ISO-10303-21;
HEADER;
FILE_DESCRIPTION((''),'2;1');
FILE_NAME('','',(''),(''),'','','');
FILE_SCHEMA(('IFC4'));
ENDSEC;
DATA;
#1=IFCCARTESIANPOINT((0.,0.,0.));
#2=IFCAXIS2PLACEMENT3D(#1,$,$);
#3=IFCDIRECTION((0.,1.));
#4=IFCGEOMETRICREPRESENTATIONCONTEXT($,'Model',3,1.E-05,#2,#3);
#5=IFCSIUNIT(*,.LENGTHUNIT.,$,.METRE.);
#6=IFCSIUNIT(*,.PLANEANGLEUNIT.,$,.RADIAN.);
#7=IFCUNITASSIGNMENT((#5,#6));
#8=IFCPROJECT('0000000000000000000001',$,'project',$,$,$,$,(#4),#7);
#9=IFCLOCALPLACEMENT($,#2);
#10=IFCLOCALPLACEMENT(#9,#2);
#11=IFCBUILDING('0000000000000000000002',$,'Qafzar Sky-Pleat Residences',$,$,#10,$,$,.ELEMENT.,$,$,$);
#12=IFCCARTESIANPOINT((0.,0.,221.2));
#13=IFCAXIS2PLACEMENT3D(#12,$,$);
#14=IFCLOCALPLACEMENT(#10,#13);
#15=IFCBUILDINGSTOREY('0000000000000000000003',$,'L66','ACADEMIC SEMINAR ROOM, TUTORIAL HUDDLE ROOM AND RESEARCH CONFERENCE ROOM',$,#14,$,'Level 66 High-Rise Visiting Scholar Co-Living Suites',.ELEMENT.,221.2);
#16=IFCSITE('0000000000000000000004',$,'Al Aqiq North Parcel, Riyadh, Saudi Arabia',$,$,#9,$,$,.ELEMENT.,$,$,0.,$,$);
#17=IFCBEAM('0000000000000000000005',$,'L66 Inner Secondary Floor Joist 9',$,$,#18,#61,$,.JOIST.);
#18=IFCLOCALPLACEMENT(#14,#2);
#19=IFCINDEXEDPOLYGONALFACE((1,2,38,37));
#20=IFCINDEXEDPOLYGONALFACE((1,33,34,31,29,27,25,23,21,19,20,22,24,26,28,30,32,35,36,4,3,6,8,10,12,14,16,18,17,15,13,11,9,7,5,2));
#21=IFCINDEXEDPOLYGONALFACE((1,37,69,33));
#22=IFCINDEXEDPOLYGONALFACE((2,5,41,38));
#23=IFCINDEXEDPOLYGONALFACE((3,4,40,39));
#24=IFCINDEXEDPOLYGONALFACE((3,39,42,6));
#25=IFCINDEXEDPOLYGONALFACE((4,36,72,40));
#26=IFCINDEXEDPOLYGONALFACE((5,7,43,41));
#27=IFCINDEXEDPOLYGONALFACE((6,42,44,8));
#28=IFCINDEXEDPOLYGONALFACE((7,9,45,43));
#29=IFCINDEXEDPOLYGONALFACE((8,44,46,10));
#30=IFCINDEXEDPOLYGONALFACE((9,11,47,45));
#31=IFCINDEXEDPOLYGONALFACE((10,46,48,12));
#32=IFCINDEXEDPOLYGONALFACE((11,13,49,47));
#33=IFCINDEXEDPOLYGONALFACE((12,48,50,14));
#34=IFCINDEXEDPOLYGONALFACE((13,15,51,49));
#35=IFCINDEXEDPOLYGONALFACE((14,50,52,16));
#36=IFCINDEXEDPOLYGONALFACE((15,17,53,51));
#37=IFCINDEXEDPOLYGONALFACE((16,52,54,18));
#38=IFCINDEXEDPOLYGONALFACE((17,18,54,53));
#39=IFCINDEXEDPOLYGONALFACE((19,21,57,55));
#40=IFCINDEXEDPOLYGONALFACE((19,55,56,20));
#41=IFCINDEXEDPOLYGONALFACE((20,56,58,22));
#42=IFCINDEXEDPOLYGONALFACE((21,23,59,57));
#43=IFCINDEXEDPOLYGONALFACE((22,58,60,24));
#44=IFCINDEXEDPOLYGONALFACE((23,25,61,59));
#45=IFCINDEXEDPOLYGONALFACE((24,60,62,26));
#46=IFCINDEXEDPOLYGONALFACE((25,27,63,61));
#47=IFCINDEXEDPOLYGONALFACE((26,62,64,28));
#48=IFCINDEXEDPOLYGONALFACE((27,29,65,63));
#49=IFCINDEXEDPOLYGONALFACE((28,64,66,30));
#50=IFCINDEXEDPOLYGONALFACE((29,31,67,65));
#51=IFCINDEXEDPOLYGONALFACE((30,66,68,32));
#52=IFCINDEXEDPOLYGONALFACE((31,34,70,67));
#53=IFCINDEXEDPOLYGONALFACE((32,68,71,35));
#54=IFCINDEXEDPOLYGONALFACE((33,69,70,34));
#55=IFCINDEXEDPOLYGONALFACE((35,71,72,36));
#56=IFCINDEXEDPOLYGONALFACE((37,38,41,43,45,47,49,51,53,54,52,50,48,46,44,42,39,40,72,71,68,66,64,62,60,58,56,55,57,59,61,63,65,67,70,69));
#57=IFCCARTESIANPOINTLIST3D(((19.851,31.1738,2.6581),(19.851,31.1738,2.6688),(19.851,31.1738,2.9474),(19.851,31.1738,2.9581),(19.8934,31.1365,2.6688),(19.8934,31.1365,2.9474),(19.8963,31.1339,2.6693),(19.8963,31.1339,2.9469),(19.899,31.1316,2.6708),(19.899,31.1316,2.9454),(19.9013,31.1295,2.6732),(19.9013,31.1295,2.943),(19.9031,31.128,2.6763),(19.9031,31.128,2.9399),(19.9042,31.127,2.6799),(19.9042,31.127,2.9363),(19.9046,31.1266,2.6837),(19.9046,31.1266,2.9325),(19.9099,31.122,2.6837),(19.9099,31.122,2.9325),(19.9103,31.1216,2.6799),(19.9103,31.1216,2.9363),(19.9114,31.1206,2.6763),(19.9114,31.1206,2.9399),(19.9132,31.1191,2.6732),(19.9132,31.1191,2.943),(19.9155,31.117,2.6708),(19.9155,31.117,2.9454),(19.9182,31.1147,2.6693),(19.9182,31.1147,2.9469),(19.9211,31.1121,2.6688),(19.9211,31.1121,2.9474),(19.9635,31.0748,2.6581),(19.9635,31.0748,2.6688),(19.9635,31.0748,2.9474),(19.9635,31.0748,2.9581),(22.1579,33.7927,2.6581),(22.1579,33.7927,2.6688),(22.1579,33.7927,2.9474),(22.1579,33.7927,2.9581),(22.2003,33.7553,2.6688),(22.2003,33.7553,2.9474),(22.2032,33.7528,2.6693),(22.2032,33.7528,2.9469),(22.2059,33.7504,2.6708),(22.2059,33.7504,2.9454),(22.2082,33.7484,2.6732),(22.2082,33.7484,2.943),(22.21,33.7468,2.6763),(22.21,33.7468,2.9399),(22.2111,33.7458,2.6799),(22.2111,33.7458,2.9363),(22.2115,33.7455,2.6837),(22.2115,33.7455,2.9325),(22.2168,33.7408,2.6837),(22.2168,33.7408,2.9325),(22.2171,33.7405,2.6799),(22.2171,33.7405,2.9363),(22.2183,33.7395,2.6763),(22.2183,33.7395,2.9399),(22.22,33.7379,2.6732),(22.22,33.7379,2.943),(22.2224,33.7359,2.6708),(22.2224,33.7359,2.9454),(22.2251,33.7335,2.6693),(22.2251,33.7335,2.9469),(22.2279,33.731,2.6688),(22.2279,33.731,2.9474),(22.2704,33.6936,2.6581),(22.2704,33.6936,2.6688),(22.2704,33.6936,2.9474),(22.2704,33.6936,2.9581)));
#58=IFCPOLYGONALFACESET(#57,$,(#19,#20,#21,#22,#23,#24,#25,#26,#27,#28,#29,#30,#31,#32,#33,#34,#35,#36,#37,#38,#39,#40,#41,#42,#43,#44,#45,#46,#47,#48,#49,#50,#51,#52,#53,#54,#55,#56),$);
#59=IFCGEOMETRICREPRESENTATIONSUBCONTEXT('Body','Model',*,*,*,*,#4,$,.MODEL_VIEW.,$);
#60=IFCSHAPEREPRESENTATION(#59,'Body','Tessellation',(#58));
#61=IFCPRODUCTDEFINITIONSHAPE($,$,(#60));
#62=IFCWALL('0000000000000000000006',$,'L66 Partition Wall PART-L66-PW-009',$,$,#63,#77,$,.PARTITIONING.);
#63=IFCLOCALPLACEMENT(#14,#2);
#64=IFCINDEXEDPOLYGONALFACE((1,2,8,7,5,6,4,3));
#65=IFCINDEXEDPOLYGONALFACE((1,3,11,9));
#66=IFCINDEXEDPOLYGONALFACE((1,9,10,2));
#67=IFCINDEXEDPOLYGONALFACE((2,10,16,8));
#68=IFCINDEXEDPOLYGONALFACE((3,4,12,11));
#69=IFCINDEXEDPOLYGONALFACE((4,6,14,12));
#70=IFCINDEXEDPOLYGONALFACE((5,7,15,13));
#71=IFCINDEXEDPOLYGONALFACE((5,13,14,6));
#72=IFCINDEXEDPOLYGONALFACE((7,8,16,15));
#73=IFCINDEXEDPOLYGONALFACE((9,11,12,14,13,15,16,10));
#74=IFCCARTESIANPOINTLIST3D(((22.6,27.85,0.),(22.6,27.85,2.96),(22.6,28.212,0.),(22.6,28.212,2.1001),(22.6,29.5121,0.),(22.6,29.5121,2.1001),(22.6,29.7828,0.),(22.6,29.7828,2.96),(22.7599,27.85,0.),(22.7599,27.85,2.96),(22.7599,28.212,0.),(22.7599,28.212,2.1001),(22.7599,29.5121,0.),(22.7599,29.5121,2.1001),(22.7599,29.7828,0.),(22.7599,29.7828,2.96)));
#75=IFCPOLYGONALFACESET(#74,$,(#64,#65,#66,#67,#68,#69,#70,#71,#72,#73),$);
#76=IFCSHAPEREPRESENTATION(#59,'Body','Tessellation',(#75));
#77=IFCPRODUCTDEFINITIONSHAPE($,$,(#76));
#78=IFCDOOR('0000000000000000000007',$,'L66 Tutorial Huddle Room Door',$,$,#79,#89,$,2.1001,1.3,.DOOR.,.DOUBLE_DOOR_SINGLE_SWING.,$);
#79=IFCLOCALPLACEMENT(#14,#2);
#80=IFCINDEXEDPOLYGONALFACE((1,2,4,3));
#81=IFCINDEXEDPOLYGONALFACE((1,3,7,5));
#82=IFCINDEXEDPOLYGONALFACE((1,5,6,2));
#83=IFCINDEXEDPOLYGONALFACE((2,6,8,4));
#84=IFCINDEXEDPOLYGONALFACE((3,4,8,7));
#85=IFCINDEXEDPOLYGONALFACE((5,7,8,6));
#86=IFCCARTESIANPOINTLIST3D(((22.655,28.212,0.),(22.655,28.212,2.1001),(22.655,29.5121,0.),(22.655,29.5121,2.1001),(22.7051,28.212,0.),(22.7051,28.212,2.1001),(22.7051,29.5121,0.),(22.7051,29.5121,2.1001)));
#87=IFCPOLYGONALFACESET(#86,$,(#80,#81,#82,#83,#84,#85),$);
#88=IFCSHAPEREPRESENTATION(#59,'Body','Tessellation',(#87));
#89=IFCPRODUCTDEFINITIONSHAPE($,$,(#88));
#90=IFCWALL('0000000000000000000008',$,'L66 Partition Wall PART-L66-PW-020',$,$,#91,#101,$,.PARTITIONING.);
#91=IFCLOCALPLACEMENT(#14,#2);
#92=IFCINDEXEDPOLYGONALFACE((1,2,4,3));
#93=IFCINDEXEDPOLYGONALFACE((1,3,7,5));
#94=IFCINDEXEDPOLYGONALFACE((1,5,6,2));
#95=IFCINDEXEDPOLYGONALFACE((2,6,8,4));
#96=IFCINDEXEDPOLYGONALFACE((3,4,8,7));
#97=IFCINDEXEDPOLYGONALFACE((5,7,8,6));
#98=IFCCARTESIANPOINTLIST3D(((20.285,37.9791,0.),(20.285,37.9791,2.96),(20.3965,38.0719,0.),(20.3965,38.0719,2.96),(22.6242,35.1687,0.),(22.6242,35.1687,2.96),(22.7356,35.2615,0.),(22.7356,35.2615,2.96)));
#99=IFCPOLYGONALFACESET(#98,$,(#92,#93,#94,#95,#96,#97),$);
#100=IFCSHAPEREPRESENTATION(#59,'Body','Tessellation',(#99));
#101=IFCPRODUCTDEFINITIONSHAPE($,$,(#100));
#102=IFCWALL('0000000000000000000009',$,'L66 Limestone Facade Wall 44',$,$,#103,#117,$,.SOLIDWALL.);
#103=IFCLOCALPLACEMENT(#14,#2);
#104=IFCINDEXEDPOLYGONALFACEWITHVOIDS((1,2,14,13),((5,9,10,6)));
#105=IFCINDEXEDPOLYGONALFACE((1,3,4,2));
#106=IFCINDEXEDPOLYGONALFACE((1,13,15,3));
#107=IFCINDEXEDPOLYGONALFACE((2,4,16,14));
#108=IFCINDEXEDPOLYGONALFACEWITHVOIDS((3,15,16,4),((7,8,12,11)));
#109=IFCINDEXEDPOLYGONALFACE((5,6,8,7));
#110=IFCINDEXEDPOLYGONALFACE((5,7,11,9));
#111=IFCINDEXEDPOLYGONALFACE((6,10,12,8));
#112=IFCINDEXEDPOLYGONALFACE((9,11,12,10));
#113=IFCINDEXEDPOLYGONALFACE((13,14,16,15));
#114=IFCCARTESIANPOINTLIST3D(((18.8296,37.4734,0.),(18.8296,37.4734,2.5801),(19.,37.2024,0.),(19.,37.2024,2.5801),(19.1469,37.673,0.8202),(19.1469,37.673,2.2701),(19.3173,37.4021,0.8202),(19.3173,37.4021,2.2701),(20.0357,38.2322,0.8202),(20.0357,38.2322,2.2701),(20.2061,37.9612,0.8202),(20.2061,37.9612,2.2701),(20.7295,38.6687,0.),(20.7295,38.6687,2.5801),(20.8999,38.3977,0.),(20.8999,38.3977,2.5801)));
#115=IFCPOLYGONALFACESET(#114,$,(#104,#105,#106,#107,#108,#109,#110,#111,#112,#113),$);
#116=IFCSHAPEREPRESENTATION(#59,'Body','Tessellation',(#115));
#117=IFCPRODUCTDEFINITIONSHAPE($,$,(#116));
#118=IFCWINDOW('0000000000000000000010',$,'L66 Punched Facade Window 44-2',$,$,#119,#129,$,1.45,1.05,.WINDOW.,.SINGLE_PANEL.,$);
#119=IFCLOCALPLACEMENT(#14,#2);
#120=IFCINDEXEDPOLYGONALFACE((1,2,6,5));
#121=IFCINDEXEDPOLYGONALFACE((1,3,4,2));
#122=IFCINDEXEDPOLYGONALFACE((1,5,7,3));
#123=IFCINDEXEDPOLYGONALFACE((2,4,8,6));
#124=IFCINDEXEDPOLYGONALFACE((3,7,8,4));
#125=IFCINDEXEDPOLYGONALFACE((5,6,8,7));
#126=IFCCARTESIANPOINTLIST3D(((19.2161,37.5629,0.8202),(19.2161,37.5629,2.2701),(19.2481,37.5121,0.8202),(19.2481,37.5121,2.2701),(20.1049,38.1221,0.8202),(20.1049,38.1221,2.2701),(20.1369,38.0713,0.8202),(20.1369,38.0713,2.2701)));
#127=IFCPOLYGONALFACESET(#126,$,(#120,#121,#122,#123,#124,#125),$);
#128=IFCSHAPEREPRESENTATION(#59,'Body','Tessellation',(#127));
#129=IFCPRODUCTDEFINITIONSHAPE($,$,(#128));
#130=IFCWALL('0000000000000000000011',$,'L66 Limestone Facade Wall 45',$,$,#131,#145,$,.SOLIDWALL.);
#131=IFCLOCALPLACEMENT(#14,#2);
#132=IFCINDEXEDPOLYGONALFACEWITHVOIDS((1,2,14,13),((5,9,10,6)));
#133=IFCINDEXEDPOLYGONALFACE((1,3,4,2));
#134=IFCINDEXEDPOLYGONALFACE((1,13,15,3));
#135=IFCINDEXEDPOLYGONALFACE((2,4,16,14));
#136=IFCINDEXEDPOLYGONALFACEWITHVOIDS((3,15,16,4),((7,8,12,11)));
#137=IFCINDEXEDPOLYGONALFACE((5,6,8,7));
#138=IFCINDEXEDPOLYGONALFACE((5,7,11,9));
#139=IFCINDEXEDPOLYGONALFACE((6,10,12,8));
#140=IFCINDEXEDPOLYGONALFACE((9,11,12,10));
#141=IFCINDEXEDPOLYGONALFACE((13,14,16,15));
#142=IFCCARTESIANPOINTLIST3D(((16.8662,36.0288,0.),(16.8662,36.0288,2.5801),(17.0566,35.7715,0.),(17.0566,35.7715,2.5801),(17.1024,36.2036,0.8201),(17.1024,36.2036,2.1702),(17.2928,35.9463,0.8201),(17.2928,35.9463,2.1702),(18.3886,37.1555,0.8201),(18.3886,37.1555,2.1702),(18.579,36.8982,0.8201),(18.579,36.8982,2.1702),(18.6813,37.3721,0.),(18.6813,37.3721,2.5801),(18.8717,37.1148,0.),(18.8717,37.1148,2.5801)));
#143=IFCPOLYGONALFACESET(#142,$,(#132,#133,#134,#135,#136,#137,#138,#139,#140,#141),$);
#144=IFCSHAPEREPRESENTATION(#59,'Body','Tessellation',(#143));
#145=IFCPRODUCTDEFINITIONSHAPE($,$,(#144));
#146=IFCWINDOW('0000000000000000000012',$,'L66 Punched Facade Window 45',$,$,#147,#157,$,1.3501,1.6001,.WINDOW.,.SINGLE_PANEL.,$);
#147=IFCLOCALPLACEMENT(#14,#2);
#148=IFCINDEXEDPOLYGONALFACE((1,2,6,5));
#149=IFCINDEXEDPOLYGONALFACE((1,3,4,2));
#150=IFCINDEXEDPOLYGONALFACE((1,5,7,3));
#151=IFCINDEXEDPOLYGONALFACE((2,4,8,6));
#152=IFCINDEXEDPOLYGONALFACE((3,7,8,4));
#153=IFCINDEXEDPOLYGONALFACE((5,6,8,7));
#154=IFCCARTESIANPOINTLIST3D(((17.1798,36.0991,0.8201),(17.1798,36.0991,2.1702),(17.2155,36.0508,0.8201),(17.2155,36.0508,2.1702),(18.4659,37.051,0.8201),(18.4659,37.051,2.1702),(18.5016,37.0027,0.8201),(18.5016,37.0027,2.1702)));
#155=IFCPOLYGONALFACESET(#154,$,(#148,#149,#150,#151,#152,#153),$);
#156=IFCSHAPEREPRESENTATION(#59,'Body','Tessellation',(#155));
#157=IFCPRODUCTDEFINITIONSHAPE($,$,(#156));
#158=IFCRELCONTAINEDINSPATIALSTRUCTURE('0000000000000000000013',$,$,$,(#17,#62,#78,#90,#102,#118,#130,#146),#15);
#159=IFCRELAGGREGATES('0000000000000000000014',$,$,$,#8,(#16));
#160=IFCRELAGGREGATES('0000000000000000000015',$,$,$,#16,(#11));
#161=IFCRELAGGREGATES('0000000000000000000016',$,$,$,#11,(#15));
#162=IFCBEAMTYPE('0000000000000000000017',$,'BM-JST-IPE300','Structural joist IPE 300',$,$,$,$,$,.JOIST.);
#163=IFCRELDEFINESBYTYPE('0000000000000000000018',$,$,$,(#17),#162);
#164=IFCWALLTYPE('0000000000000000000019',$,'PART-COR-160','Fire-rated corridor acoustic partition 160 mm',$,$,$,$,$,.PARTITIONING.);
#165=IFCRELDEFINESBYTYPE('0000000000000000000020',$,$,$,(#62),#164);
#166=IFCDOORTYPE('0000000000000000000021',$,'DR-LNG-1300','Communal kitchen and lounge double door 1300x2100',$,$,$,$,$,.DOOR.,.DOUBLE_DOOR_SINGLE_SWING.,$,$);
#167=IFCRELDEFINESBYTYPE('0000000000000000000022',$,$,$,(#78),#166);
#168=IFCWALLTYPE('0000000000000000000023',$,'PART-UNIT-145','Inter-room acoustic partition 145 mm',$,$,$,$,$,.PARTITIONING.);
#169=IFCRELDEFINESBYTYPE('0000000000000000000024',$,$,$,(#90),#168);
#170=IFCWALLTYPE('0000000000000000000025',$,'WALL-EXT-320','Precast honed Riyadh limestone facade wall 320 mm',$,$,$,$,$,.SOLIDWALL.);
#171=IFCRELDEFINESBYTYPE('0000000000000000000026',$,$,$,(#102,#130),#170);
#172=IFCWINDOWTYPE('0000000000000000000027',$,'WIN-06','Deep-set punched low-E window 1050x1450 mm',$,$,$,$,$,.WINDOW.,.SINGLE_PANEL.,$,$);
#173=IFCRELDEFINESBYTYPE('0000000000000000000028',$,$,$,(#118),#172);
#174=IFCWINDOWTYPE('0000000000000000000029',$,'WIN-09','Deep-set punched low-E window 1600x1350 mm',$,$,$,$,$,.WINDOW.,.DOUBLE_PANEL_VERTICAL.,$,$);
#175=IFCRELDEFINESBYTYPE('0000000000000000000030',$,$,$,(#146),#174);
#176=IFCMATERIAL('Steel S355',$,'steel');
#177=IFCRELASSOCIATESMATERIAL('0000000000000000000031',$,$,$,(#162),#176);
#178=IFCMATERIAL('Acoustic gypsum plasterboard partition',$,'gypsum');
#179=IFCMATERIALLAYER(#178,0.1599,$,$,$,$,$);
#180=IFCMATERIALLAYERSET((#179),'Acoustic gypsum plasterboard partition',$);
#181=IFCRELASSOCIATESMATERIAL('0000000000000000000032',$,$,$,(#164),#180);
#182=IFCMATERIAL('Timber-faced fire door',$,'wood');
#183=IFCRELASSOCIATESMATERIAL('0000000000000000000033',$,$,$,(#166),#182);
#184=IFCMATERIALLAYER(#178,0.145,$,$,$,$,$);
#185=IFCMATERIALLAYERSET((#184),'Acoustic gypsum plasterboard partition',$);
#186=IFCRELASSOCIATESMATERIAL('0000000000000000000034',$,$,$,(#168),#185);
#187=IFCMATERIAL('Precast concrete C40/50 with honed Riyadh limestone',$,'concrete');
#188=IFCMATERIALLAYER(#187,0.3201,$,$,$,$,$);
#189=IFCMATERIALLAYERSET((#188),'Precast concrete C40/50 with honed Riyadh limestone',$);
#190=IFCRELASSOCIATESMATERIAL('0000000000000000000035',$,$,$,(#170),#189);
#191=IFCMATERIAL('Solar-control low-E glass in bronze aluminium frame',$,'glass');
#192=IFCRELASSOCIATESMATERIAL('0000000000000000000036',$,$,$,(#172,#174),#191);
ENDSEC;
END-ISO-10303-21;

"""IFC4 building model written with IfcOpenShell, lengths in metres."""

from ifc_helpers import new_model, si_unit, direction, frame, frame_2d, origin, origin_2d, place, context, subcontext, project, spatial, rectangle, i_section, extrude, source, transform, mapped, material, layer, layer_set, material_profile, profile_set, type_object, element, fill, save


model = new_model("IFC4")

# Units and contexts
model_context = context("Model", 3, precision=1e-05, world=origin(), true_north=direction((0.0, 1.0)))
body_context = subcontext(model_context, "Body", "Model", "MODEL_VIEW")
ifc_project = project(units=[si_unit("LENGTHUNIT", "METRE"), si_unit("PLANEANGLEUNIT", "RADIAN")], contexts=[model_context])

# Site, building, storey
site_placement = place(None, origin())
site = spatial("IfcSite", under=ifc_project, at=site_placement, Name="Al Aqiq North Parcel, Riyadh, Saudi Arabia", CompositionType="ELEMENT", RefElevation=0.0)
building_placement = place(site_placement, origin())
building = spatial("IfcBuilding", under=site, at=building_placement, Name="Qafzar Sky-Pleat Residences", CompositionType="ELEMENT")
storey_placement = place(building_placement, frame((0.0, 0.0, 221.2)))
storey = spatial("IfcBuildingStorey", under=building, at=storey_placement, Name="L66", Description="ACADEMIC SEMINAR ROOM, TUTORIAL HUDDLE ROOM AND RESEARCH CONFERENCE ROOM", LongName="Level 66 High-Rise Visiting Scholar Co-Living Suites", CompositionType="ELEMENT", Elevation=221.2)

# Beam
ifc_material_1 = material(Name="Steel S355", Category="steel")
ifc_material_profile_1 = material_profile(ifc_material_1, i_section(OverallWidth=0.1499, OverallDepth=0.3, WebThickness=0.0071, FlangeThickness=0.0107, FilletRadius=0.0149, at=origin_2d()), Name="IPE 300")
ifc_profile_set_1 = profile_set([ifc_material_profile_1], Name="Steel S355")
beam_type_1 = type_object("IfcBeamType", Name="BM-JST-IPE300", Description="Structural joist IPE 300", PredefinedType="JOIST", material=ifc_profile_set_1)
shared_shape_1 = source(origin(), body_context, "Body", "SweptSolid", [
    extrude(i_section(OverallWidth=0.1499, OverallDepth=0.3, WebThickness=0.0071, FlangeThickness=0.0107, FilletRadius=0.0149, at=origin_2d()), origin(), (0.0, 0.0, 1.0), 3.49),
])
beam_1_placement = place(storey_placement, frame((22.2141, 33.7432, 2.8081), z_axis=(-0.660992, -0.750393, 0.0), x_axis=(0.750393, -0.660992, 0.0)))
element("IfcBeam", 1, at=beam_1_placement, inside=storey, type_object=beam_type_1, Name="L66 Inner Secondary Floor Joist 9", PredefinedType="JOIST", context=body_context, shape_type="MappedRepresentation", body=[
    mapped(shared_shape_1, transform((0.0, 0.0, 0.0), x_axis=(1.0, 0.0, 0.0), y_axis=(0.0, 1.0, 0.0), z_axis=(0.0, 0.0, 1.0), scale=1.0)),
])

# Wall, opening, door
ifc_material_2 = material(Name="Acoustic gypsum plasterboard partition", Category="gypsum")
ifc_layer_1 = layer(ifc_material_2, 0.1599)
ifc_layer_set_1 = layer_set([ifc_layer_1], Name="Acoustic gypsum plasterboard partition")
wall_type_1 = type_object("IfcWallType", Name="PART-COR-160", Description="Fire-rated corridor acoustic partition 160 mm", PredefinedType="PARTITIONING", material=ifc_layer_set_1)
wall_1_placement = place(storey_placement, frame((22.6799, 27.8501, 0.0), z_axis=(0.0, 0.0, 1.0), x_axis=(0.0, 1.0, 0.0)))
wall_1 = element("IfcWall", 2, at=wall_1_placement, inside=storey, type_object=wall_type_1, Name="L66 Partition Wall PART-L66-PW-009", PredefinedType="PARTITIONING", context=body_context, shape_type="SweptSolid", body=[
    extrude(rectangle(XDim=1.9329, YDim=0.1599, at=frame_2d((0.9663, 0.0))), origin(), (0.0, 0.0, 1.0), 2.96),
])
opening_1_placement = place(wall_1_placement, frame((0.3621, 0.0, 0.0)))
opening_1 = element("IfcOpeningElement", 3, at=opening_1_placement, cuts=wall_1, PredefinedType="OPENING", context=body_context, shape_type="SweptSolid", body=[
    extrude(rectangle(XDim=1.3, YDim=2.1001, at=frame_2d((0.6499, 1.05))), frame((0.0, 0.0898, 0.0), z_axis=(0.0, -1.0, 0.0), x_axis=(1.0, 0.0, 0.0)), (0.0, 0.0, 1.0), 0.1799),
])
ifc_material_3 = material(Name="Timber-faced fire door", Category="wood")
door_type = type_object("IfcDoorType", Name="DR-LNG-1300", Description="Communal kitchen and lounge double door 1300x2100", OperationType="DOUBLE_DOOR_SINGLE_SWING", PredefinedType="DOOR", material=ifc_material_3)
shared_shape_2 = source(origin(), body_context, "Body", "SweptSolid", [
    extrude(rectangle(XDim=1.3, YDim=2.1001, at=frame_2d((0.6499, 1.05))), frame((0.0, 0.0249, 0.0), z_axis=(0.0, -1.0, 0.0), x_axis=(1.0, 0.0, 0.0)), (0.0, 0.0, 1.0), 0.05),
])
door_placement = place(opening_1_placement, origin())
door = element("IfcDoor", 4, at=door_placement, inside=storey, type_object=door_type, Name="L66 Tutorial Huddle Room Door", OperationType="DOUBLE_DOOR_SINGLE_SWING", OverallHeight=2.1001, OverallWidth=1.3, PredefinedType="DOOR", context=body_context, shape_type="MappedRepresentation", body=[
    mapped(shared_shape_2, transform((0.0, 0.0, 0.0), x_axis=(1.0, 0.0, 0.0), y_axis=(0.0, 1.0, 0.0), z_axis=(0.0, 0.0, 1.0), scale=1.0)),
])
fill(opening_1, door)

# Wall
ifc_layer_2 = layer(ifc_material_2, 0.145)
ifc_layer_set_2 = layer_set([ifc_layer_2], Name="Acoustic gypsum plasterboard partition")
wall_type_2 = type_object("IfcWallType", Name="PART-UNIT-145", Description="Inter-room acoustic partition 145 mm", PredefinedType="PARTITIONING", material=ifc_layer_set_2)
wall_2_placement = place(storey_placement, frame((20.3408, 38.0254, 0.0), z_axis=(0.0, 0.0, 1.0), x_axis=(0.639731, -0.768599, 0.0)))
element("IfcWall", 5, at=wall_2_placement, inside=storey, type_object=wall_type_2, Name="L66 Partition Wall PART-L66-PW-020", PredefinedType="PARTITIONING", context=body_context, shape_type="SweptSolid", body=[
    extrude(rectangle(XDim=3.6565, YDim=0.145, at=frame_2d((1.8281, 0.0))), origin(), (0.0, 0.0, 1.0), 2.96),
])

# Walls, openings, windows
ifc_material_4 = material(Name="Precast concrete C40/50 with honed Riyadh limestone", Category="concrete")
ifc_layer_3 = layer(ifc_material_4, 0.3201)
ifc_layer_set_3 = layer_set([ifc_layer_3], Name="Precast concrete C40/50 with honed Riyadh limestone")
wall_type_3 = type_object("IfcWallType", Name="WALL-EXT-320", Description="Precast honed Riyadh limestone facade wall 320 mm", PredefinedType="SOLIDWALL", material=ifc_layer_set_3)
wall_3_placement = place(storey_placement, frame((20.8147, 38.5332, 0.0), z_axis=(0.0, 0.0, 1.0), x_axis=(-0.846418, -0.532519, 0.0)))
wall_3 = element("IfcWall", 6, at=wall_3_placement, inside=storey, type_object=wall_type_3, Name="L66 Limestone Facade Wall 44", PredefinedType="SOLIDWALL", context=body_context, shape_type="SweptSolid", body=[
    extrude(rectangle(XDim=2.2446, YDim=0.3201, at=frame_2d((1.1223, 0.0))), origin(), (0.0, 0.0, 1.0), 2.5801),
])
opening_2_placement = place(wall_3_placement, frame((0.8198, 0.0, 0.8201)))
opening_2 = element("IfcOpeningElement", 7, at=opening_2_placement, cuts=wall_3, PredefinedType="OPENING", context=body_context, shape_type="SweptSolid", body=[
    extrude(rectangle(XDim=1.05, YDim=1.45, at=frame_2d((0.5249, 0.7251))), frame((0.0, 0.1699, 0.0), z_axis=(0.0, -1.0, 0.0), x_axis=(1.0, 0.0, 0.0)), (0.0, 0.0, 1.0), 0.3401),
])
ifc_material_5 = material(Name="Solar-control low-E glass in bronze aluminium frame", Category="glass")
window_type_1 = type_object("IfcWindowType", Name="WIN-06", Description="Deep-set punched low-E window 1050x1450 mm", PartitioningType="SINGLE_PANEL", PredefinedType="WINDOW", material=ifc_material_5)
shared_shape_3 = source(origin(), body_context, "Body", "SweptSolid", [
    extrude(rectangle(XDim=1.05, YDim=1.45, at=frame_2d((0.5249, 0.7251))), frame((0.0, 0.03, 0.0), z_axis=(0.0, -1.0, 0.0), x_axis=(1.0, 0.0, 0.0)), (0.0, 0.0, 1.0), 0.0601),
])
window_1_placement = place(opening_2_placement, origin())
window_1 = element("IfcWindow", 8, at=window_1_placement, inside=storey, type_object=window_type_1, Name="L66 Punched Facade Window 44-2", OverallHeight=1.45, OverallWidth=1.05, PartitioningType="SINGLE_PANEL", PredefinedType="WINDOW", context=body_context, shape_type="MappedRepresentation", body=[
    mapped(shared_shape_3, transform((0.0, 0.0, 0.0), x_axis=(1.0, 0.0, 0.0), y_axis=(0.0, 1.0, 0.0), z_axis=(0.0, 0.0, 1.0), scale=1.0)),
])
fill(opening_2, window_1)
wall_4_placement = place(storey_placement, frame((18.7764, 37.2434, 0.0), z_axis=(0.0, 0.0, 1.0), x_axis=(-0.803798, -0.594902, 0.0)))
wall_4 = element("IfcWall", 9, at=wall_4_placement, inside=storey, type_object=wall_type_3, Name="L66 Limestone Facade Wall 45", PredefinedType="SOLIDWALL", context=body_context, shape_type="SweptSolid", body=[
    extrude(rectangle(XDim=2.2581, YDim=0.3201, at=frame_2d((1.1289, 0.0))), origin(), (0.0, 0.0, 1.0), 2.5801),
])
opening_3_placement = place(wall_4_placement, frame((0.364, 0.0, 0.8201)))
opening_3 = element("IfcOpeningElement", 10, at=opening_3_placement, cuts=wall_4, PredefinedType="OPENING", context=body_context, shape_type="SweptSolid", body=[
    extrude(rectangle(XDim=1.6001, YDim=1.3501, at=frame_2d((0.8, 0.675))), frame((0.0, 0.1699, 0.0), z_axis=(0.0, -1.0, 0.0), x_axis=(1.0, 0.0, 0.0)), (0.0, 0.0, 1.0), 0.3401),
])
window_type_2 = type_object("IfcWindowType", Name="WIN-09", Description="Deep-set punched low-E window 1600x1350 mm", PartitioningType="DOUBLE_PANEL_VERTICAL", PredefinedType="WINDOW", material=ifc_material_5)
shared_shape_4 = source(origin(), body_context, "Body", "SweptSolid", [
    extrude(rectangle(XDim=1.6001, YDim=1.3501, at=frame_2d((0.8, 0.675))), frame((0.0, 0.03, 0.0), z_axis=(0.0, -1.0, 0.0), x_axis=(1.0, 0.0, 0.0)), (0.0, 0.0, 1.0), 0.0601),
])
window_2_placement = place(opening_3_placement, origin())
window_2 = element("IfcWindow", 11, at=window_2_placement, inside=storey, type_object=window_type_2, Name="L66 Punched Facade Window 45", OverallHeight=1.3501, OverallWidth=1.6001, PartitioningType="SINGLE_PANEL", PredefinedType="WINDOW", context=body_context, shape_type="MappedRepresentation", body=[
    mapped(shared_shape_4, transform((0.0, 0.0, 0.0), x_axis=(1.0, 0.0, 0.0), y_axis=(0.0, 1.0, 0.0), z_axis=(0.0, 0.0, 1.0), scale=1.0)),
])
fill(opening_3, window_2)

save(model, "model.ifc")
